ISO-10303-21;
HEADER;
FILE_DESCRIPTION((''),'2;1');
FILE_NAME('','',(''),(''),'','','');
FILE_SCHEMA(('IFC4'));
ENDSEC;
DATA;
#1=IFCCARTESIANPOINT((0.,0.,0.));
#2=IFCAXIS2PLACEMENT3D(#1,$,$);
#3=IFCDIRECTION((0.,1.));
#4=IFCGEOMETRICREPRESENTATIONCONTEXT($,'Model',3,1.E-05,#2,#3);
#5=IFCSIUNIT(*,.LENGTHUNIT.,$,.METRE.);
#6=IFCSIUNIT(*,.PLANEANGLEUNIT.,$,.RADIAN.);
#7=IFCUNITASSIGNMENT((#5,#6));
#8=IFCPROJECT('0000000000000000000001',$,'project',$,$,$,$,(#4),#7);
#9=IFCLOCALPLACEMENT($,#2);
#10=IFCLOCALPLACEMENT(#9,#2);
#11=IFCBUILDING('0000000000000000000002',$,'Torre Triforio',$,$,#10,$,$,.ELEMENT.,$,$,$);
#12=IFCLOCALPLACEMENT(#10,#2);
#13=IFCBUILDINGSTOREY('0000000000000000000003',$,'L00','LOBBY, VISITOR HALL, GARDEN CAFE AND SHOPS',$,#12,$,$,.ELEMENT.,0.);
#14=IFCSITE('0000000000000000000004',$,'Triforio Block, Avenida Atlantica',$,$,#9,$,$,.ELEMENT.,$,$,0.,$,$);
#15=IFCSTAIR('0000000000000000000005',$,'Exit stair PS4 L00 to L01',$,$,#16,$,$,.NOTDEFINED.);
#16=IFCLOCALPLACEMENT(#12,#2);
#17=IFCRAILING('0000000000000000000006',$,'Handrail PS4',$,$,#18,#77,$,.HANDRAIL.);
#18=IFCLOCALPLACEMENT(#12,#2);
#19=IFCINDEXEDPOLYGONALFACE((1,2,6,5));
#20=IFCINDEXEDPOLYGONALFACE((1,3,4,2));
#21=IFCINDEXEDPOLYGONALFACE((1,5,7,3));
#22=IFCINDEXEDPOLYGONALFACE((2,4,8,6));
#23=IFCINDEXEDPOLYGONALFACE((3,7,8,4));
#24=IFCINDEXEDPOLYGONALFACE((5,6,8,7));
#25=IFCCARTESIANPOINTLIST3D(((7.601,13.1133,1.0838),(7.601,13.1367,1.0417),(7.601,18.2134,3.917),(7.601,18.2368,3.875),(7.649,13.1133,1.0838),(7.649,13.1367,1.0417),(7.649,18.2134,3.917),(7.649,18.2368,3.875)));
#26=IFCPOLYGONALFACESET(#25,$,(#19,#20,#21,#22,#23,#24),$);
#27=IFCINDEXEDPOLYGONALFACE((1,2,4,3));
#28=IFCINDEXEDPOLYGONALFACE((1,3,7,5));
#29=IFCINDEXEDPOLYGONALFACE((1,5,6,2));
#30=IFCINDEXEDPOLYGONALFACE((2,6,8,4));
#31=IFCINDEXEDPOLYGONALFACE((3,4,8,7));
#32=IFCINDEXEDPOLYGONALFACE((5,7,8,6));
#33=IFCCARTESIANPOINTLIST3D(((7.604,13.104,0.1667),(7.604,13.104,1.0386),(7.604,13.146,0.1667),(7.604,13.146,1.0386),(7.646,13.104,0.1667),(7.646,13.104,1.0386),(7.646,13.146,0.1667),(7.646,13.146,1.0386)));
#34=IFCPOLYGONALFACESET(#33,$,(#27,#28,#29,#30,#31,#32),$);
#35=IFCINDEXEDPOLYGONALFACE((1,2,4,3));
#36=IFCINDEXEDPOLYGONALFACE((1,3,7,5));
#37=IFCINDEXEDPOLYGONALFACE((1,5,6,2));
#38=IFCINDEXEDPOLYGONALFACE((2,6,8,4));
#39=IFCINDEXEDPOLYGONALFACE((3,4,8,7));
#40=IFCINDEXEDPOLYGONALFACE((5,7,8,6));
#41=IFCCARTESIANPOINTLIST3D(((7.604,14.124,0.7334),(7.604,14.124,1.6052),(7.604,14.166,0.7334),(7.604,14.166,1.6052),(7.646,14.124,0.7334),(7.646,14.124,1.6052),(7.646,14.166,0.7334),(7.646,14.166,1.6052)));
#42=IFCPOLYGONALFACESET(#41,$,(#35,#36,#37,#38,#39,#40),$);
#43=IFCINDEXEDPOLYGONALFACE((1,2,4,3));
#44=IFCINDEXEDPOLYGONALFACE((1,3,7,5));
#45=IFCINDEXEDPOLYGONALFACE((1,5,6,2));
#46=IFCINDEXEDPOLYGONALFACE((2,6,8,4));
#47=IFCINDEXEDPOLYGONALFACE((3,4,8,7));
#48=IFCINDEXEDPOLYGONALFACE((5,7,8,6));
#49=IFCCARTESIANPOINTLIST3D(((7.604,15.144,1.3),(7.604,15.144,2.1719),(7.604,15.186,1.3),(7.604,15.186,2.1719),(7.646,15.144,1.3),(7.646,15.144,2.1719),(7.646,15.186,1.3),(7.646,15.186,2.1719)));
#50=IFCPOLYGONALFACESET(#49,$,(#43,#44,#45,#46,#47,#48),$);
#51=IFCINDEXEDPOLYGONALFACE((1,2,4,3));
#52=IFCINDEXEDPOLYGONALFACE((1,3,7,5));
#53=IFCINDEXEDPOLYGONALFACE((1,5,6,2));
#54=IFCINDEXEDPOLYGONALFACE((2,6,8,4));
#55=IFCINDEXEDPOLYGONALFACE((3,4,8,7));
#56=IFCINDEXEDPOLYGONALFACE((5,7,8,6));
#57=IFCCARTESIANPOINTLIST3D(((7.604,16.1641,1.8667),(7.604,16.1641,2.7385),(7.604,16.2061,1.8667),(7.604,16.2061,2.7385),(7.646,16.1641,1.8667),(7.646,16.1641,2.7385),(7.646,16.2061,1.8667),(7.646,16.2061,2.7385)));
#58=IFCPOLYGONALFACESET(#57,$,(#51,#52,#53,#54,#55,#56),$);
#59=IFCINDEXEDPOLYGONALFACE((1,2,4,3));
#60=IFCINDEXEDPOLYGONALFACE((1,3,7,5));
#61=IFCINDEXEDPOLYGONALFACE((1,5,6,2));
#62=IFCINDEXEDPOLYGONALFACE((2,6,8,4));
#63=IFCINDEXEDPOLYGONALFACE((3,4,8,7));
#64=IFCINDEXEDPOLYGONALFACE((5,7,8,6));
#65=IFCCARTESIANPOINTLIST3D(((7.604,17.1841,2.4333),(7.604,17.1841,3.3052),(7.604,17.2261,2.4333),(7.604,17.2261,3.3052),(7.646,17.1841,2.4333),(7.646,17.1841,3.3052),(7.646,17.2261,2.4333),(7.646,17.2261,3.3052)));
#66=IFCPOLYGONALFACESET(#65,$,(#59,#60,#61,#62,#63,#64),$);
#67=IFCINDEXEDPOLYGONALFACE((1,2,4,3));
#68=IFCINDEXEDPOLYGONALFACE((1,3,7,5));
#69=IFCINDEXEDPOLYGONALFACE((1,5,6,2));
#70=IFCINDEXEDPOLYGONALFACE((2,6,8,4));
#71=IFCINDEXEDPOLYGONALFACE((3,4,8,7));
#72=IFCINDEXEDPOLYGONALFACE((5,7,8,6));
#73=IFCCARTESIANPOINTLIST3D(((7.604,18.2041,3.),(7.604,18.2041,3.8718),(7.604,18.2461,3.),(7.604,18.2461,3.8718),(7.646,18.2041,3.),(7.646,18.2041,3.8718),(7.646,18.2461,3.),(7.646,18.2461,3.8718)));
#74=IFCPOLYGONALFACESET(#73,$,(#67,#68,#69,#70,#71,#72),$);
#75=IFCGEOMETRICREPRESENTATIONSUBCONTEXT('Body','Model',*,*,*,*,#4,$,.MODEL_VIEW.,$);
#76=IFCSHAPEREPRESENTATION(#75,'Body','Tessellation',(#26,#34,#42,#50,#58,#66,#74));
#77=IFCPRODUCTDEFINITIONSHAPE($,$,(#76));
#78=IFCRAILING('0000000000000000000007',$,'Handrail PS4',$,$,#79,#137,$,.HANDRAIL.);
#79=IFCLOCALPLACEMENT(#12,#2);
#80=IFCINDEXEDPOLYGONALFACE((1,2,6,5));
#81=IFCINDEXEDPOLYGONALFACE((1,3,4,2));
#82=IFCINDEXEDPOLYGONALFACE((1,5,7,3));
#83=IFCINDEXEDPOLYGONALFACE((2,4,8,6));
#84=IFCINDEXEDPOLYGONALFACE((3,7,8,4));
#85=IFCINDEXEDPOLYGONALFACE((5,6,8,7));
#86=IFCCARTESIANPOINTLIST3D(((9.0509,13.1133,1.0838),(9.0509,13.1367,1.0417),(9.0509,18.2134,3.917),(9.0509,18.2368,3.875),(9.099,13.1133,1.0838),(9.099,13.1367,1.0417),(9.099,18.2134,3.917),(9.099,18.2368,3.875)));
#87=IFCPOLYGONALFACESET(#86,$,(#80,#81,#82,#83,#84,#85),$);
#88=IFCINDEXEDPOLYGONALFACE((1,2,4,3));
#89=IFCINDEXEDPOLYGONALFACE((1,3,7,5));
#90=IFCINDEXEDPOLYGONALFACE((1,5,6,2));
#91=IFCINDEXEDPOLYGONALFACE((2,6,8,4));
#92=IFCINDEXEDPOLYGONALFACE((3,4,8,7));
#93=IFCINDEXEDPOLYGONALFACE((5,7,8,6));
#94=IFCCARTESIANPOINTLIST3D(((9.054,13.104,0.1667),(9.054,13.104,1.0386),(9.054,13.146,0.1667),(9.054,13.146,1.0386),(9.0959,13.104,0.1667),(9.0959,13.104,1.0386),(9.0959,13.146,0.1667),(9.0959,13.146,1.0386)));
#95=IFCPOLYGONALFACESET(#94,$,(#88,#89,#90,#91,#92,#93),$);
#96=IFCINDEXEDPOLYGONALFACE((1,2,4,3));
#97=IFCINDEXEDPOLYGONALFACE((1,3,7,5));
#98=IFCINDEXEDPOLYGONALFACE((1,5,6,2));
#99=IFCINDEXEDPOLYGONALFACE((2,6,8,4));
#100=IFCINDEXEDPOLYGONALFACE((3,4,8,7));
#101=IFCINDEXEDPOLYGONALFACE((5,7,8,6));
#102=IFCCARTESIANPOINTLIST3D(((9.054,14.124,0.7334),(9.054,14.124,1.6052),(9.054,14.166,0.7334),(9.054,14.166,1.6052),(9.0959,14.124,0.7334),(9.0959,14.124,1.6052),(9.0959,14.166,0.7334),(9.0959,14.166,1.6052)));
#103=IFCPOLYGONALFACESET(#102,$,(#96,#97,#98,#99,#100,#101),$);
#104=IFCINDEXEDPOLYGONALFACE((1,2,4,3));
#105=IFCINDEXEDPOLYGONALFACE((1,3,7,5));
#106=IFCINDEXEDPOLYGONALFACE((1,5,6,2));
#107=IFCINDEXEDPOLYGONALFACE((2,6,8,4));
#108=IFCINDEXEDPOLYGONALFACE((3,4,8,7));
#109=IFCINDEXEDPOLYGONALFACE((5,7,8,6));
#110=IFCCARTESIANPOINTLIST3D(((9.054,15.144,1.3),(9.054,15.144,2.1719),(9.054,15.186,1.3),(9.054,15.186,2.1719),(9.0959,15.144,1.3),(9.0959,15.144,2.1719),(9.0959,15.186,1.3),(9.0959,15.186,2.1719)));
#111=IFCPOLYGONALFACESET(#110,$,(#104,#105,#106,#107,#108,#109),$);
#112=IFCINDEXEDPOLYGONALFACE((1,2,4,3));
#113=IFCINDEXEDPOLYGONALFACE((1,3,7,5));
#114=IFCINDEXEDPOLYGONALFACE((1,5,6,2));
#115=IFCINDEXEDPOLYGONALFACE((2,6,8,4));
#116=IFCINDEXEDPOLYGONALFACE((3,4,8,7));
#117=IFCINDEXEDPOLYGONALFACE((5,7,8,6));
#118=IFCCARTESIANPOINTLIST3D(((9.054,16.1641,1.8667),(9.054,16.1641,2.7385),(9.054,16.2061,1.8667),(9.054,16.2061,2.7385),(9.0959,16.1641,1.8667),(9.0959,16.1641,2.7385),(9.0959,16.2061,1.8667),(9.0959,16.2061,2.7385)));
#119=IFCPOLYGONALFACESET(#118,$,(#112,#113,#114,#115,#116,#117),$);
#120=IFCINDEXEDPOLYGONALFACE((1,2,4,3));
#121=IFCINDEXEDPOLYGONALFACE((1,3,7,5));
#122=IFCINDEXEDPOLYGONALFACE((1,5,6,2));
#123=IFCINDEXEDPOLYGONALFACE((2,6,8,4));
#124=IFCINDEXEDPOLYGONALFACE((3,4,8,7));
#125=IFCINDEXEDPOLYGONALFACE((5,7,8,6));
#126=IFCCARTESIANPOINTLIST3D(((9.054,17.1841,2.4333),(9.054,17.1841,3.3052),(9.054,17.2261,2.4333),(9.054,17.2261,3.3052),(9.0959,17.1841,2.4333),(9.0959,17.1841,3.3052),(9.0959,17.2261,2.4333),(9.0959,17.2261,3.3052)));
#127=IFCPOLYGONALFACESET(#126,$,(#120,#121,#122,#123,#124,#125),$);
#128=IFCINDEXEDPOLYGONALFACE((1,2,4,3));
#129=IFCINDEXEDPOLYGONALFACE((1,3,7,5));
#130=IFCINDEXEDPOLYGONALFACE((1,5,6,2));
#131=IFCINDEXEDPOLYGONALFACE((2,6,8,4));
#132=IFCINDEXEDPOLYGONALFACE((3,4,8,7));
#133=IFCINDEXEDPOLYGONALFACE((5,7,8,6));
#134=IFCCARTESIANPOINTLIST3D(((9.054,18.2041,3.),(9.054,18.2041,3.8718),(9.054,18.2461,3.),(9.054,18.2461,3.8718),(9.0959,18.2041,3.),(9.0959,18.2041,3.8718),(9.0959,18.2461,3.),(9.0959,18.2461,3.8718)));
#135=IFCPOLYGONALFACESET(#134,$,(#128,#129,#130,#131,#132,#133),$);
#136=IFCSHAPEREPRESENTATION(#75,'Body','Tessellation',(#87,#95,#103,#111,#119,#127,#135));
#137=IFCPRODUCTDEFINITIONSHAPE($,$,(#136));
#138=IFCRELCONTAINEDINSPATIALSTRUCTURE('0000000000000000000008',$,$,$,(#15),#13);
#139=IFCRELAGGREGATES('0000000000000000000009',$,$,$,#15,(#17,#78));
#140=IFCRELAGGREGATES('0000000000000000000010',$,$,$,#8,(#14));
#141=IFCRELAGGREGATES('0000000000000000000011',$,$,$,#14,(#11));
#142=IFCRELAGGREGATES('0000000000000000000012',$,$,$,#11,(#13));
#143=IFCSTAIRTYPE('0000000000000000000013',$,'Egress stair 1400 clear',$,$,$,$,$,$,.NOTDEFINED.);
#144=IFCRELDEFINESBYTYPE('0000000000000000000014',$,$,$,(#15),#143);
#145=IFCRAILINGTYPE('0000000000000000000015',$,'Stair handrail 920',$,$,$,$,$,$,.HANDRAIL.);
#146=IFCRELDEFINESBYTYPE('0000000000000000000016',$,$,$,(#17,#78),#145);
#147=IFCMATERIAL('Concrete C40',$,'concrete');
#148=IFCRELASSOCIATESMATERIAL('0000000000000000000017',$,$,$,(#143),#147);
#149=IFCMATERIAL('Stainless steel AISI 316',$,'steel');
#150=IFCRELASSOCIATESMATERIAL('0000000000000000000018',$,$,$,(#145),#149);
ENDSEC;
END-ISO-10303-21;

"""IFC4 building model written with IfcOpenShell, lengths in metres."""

from ifc_helpers import new_model, si_unit, direction, frame, origin, origin_2d, place, context, subcontext, project, spatial, rectangle, extrude, material, type_object, element, aggregate, save


model = new_model("IFC4")

# Units and contexts
model_context = context("Model", 3, precision=1e-05, world=origin(), true_north=direction((0.0, 1.0)))
body_context = subcontext(model_context, "Body", "Model", "MODEL_VIEW")
ifc_project = project(units=[si_unit("LENGTHUNIT", "METRE"), si_unit("PLANEANGLEUNIT", "RADIAN")], contexts=[model_context])

# Site, building, storey
site_placement = place(None, origin())
site = spatial("IfcSite", under=ifc_project, at=site_placement, Name="Triforio Block, Avenida Atlantica", CompositionType="ELEMENT", RefElevation=0.0)
building_placement = place(site_placement, origin())
building = spatial("IfcBuilding", under=site, at=building_placement, Name="Torre Triforio", CompositionType="ELEMENT")
storey_placement = place(building_placement, origin())
storey = spatial("IfcBuildingStorey", under=building, at=storey_placement, Name="L00", Description="LOBBY, VISITOR HALL, GARDEN CAFE AND SHOPS", CompositionType="ELEMENT", Elevation=0.0)

# Shared definitions
ifc_material_1 = material(Name="Concrete C40", Category="concrete")

# Stair
stair_type = type_object("IfcStairType", Name="Egress stair 1400 clear", PredefinedType="NOTDEFINED", material=ifc_material_1)
stair_placement = place(storey_placement, origin())
stair = element("IfcStair", 1, at=stair_placement, inside=storey, type_object=stair_type, Name="Exit stair PS4 L00 to L01", PredefinedType="NOTDEFINED")

# Railings
ifc_material_2 = material(Name="Stainless steel AISI 316", Category="steel")
railing_type_1 = type_object("IfcRailingType", Name="Stair handrail 920", PredefinedType="HANDRAIL", material=ifc_material_2)
railing_1_placement = place(storey_placement, frame((7.625, 13.125, 0.1667)))
railing_1 = element("IfcRailing", 2, at=railing_1_placement, type_object=railing_type_1, Name="Handrail PS4", PredefinedType="HANDRAIL", context=body_context, shape_type="SweptSolid", body=[
    extrude(rectangle(XDim=0.0481, YDim=0.0481, at=origin_2d()), frame((0.0, 0.0, 0.896), z_axis=(0.0, 0.874167, 0.485625), x_axis=(-1.0, 0.0, 0.0)), (0.0, 0.0, 1.0), 5.8342),
    extrude(rectangle(XDim=0.042, YDim=0.042, at=origin_2d()), origin(), (0.0, 0.0, 1.0), 0.8718),
    extrude(rectangle(XDim=0.042, YDim=0.042, at=origin_2d()), frame((0.0, 1.02, 0.5667)), (0.0, 0.0, 1.0), 0.8718),
    extrude(rectangle(XDim=0.042, YDim=0.042, at=origin_2d()), frame((0.0, 2.04, 1.1333)), (0.0, 0.0, 1.0), 0.8718),
    extrude(rectangle(XDim=0.042, YDim=0.042, at=origin_2d()), frame((0.0, 3.0601, 1.7)), (0.0, 0.0, 1.0), 0.8718),
    extrude(rectangle(XDim=0.042, YDim=0.042, at=origin_2d()), frame((0.0, 4.0801, 2.2666)), (0.0, 0.0, 1.0), 0.8718),
    extrude(rectangle(XDim=0.042, YDim=0.042, at=origin_2d()), frame((0.0, 5.1001, 2.8333)), (0.0, 0.0, 1.0), 0.8718),
])
railing_2_placement = place(storey_placement, frame((9.075, 13.125, 0.1667)))
railing_2 = element("IfcRailing", 3, at=railing_2_placement, type_object=railing_type_1, Name="Handrail PS4", PredefinedType="HANDRAIL", context=body_context, shape_type="SweptSolid", body=[
    extrude(rectangle(XDim=0.0481, YDim=0.0481, at=origin_2d()), frame((0.0, 0.0, 0.896), z_axis=(0.0, 0.874167, 0.485625), x_axis=(-1.0, 0.0, 0.0)), (0.0, 0.0, 1.0), 5.8342),
    extrude(rectangle(XDim=0.042, YDim=0.042, at=origin_2d()), origin(), (0.0, 0.0, 1.0), 0.8718),
    extrude(rectangle(XDim=0.042, YDim=0.042, at=origin_2d()), frame((0.0, 1.02, 0.5667)), (0.0, 0.0, 1.0), 0.8718),
    extrude(rectangle(XDim=0.042, YDim=0.042, at=origin_2d()), frame((0.0, 2.04, 1.1333)), (0.0, 0.0, 1.0), 0.8718),
    extrude(rectangle(XDim=0.042, YDim=0.042, at=origin_2d()), frame((0.0, 3.0601, 1.7)), (0.0, 0.0, 1.0), 0.8718),
    extrude(rectangle(XDim=0.042, YDim=0.042, at=origin_2d()), frame((0.0, 4.0801, 2.2666)), (0.0, 0.0, 1.0), 0.8718),
    extrude(rectangle(XDim=0.042, YDim=0.042, at=origin_2d()), frame((0.0, 5.1001, 2.8333)), (0.0, 0.0, 1.0), 0.8718),
])
aggregate(stair, [railing_1, railing_2])

save(model, "model.ifc")
